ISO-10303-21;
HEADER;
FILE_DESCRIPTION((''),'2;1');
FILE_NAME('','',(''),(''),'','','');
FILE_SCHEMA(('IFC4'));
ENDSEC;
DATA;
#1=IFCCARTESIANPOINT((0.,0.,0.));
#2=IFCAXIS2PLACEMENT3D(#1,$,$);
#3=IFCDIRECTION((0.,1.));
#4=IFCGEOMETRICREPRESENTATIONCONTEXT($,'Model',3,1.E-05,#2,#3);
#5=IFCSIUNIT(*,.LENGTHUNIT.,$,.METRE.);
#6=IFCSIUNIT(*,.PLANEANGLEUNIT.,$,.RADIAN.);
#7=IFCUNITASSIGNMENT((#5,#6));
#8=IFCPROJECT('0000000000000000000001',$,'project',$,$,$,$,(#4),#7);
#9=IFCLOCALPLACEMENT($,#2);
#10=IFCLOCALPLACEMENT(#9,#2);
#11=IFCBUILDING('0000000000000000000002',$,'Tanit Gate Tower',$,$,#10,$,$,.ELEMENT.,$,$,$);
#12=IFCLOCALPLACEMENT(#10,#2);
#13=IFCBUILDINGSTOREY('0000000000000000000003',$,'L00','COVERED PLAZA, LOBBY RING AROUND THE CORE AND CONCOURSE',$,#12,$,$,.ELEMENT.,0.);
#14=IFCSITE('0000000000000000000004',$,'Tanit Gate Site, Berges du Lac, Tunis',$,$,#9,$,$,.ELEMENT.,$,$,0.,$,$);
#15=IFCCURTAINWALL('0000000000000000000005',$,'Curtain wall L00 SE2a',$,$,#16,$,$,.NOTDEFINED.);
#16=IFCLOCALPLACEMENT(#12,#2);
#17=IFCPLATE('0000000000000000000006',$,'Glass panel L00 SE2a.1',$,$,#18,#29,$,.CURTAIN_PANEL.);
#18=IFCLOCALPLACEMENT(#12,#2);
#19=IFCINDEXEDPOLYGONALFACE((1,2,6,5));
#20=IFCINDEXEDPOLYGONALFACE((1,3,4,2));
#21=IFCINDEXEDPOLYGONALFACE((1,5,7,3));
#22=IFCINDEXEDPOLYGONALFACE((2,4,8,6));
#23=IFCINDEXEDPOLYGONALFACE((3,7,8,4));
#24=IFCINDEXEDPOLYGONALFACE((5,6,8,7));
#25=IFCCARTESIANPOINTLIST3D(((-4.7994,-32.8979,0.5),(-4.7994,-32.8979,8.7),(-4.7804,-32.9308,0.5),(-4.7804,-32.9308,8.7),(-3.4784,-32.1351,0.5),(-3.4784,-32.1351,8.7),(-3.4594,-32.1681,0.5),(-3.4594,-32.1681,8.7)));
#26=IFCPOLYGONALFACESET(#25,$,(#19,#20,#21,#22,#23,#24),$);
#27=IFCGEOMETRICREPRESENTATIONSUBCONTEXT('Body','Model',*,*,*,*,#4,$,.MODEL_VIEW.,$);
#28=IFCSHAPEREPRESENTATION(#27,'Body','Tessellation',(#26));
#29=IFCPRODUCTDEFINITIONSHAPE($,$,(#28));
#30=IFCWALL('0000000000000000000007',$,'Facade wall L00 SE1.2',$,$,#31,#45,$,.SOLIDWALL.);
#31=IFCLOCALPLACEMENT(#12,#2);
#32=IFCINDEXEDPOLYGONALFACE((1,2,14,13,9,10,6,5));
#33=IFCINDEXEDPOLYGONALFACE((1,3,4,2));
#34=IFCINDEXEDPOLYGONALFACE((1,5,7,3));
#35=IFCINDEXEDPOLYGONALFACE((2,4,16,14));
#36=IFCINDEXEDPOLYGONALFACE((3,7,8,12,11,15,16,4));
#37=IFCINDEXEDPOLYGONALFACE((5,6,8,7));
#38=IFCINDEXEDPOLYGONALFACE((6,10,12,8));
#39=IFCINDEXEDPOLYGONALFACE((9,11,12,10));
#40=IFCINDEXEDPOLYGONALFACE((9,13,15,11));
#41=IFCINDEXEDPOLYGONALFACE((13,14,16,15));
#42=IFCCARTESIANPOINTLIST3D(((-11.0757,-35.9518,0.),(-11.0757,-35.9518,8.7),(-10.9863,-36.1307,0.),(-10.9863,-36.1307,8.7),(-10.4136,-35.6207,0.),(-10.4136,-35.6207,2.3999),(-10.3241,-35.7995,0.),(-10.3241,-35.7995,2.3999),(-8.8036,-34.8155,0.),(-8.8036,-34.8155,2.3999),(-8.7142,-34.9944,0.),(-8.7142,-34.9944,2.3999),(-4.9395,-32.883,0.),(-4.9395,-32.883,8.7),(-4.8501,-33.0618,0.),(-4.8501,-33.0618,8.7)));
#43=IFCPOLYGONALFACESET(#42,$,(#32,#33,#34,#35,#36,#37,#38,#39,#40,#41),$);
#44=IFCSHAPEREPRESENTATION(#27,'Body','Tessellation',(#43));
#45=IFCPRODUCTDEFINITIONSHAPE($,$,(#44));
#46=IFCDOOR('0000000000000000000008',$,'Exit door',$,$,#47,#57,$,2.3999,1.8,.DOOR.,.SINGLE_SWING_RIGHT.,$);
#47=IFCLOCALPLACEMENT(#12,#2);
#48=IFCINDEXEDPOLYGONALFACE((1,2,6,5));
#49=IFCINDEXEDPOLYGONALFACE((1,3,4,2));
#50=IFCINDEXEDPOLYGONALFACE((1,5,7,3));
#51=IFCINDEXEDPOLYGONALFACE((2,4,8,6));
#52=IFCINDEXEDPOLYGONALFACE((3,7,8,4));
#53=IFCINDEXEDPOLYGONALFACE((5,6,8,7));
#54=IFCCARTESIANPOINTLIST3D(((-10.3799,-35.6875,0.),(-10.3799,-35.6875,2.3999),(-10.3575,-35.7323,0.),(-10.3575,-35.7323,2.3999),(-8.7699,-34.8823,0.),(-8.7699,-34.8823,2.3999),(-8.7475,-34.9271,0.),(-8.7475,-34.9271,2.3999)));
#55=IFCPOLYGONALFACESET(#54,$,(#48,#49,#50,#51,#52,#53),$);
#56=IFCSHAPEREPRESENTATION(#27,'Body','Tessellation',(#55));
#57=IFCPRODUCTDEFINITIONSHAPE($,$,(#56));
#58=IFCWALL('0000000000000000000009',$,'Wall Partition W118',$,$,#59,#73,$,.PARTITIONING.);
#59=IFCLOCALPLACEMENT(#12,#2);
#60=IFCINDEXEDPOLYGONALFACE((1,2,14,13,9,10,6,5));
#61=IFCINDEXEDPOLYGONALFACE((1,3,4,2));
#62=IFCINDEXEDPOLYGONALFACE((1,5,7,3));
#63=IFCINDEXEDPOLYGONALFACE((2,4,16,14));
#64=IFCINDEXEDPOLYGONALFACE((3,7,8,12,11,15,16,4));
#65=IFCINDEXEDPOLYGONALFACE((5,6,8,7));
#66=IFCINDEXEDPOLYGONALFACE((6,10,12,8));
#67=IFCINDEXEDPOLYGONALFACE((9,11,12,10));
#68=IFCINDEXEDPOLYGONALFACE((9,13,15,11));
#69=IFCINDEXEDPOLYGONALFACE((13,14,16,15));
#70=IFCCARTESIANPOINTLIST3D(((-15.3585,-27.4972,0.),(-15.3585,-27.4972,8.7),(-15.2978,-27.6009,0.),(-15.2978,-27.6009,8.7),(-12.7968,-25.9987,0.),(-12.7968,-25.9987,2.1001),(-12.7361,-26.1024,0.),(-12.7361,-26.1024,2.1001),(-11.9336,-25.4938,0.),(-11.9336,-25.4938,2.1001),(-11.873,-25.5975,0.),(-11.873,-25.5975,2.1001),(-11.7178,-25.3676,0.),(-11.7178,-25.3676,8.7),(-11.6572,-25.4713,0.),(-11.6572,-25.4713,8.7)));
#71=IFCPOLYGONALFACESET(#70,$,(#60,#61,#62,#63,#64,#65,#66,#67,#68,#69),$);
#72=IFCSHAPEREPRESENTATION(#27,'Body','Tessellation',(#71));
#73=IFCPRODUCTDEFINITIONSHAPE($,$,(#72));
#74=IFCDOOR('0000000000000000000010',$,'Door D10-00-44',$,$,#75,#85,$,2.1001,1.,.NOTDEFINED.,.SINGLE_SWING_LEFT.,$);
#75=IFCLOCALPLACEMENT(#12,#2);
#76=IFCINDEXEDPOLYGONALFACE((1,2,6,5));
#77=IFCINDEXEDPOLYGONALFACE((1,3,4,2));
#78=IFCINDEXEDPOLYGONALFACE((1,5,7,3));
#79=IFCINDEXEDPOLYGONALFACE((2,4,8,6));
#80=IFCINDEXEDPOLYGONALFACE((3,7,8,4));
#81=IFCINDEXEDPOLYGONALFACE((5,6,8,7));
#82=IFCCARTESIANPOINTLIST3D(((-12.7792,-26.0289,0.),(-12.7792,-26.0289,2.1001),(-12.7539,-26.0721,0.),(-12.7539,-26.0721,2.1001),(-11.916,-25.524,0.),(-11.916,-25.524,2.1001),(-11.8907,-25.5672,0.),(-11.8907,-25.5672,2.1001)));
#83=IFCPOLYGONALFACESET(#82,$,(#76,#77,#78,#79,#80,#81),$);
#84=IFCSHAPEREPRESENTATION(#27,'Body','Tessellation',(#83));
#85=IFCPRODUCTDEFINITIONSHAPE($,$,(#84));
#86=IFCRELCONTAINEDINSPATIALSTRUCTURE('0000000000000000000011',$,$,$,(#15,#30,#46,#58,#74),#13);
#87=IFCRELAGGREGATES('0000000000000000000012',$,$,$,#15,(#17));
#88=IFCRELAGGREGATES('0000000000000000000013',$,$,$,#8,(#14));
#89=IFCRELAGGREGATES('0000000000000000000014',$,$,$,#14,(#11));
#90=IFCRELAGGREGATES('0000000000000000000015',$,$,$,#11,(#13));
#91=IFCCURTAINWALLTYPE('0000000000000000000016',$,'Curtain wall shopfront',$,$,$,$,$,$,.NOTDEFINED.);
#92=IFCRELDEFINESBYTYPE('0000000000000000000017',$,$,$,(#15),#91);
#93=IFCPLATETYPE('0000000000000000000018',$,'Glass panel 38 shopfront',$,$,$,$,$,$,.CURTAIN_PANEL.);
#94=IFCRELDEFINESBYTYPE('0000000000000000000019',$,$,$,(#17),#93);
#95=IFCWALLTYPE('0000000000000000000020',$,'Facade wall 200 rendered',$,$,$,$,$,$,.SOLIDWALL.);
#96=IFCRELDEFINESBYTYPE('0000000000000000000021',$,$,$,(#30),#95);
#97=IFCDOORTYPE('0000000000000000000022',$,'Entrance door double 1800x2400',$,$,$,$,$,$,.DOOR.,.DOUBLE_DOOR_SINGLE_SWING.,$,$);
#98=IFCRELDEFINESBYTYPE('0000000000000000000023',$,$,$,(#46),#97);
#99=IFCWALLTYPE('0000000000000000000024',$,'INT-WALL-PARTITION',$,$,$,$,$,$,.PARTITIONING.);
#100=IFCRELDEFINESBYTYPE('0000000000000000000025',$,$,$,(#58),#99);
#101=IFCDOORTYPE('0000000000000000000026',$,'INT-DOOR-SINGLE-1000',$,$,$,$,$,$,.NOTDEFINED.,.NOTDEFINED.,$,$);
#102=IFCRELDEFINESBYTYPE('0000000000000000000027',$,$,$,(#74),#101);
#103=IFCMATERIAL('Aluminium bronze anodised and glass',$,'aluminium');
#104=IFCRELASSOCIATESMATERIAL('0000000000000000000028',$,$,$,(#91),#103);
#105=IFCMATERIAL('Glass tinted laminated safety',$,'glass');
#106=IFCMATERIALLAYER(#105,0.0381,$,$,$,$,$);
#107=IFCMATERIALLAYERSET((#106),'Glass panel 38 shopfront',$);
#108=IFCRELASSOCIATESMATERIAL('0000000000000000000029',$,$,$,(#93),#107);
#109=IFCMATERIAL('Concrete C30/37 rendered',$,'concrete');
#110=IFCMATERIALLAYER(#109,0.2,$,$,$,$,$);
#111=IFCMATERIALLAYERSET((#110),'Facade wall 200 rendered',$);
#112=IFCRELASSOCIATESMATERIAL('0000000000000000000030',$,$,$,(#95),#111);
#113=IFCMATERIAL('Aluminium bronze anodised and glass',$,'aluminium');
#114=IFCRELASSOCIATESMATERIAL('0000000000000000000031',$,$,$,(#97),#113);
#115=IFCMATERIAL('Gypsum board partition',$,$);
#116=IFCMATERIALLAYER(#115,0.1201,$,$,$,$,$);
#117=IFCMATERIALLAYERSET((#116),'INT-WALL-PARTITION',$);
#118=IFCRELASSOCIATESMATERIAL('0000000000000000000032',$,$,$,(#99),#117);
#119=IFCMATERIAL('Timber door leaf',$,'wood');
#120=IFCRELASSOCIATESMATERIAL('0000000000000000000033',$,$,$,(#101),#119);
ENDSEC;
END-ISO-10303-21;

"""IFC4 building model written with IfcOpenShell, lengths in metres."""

from ifc_helpers import new_model, si_unit, direction, frame, frame_2d, origin, origin_2d, place, context, subcontext, project, spatial, rectangle, extrude, material, layer, layer_set, type_object, element, fill, aggregate, save


model = new_model("IFC4")

# Units and contexts
model_context = context("Model", 3, precision=1e-05, world=origin(), true_north=direction((0.0, 1.0)))
body_context = subcontext(model_context, "Body", "Model", "MODEL_VIEW")
ifc_project = project(units=[si_unit("LENGTHUNIT", "METRE"), si_unit("PLANEANGLEUNIT", "RADIAN")], contexts=[model_context])

# Site, building, storey
site_placement = place(None, origin())
site = spatial("IfcSite", under=ifc_project, at=site_placement, Name="Tanit Gate Site, Berges du Lac, Tunis", CompositionType="ELEMENT", RefElevation=0.0)
building_placement = place(site_placement, origin())
building = spatial("IfcBuilding", under=site, at=building_placement, Name="Tanit Gate Tower", CompositionType="ELEMENT")
storey_placement = place(building_placement, origin())
storey = spatial("IfcBuildingStorey", under=building, at=storey_placement, Name="L00", Description="COVERED PLAZA, LOBBY RING AROUND THE CORE AND CONCOURSE", CompositionType="ELEMENT", Elevation=0.0)

# Curtain wall
ifc_material_1 = material(Name="Aluminium bronze anodised and glass", Category="aluminium")
curtain_wall_type = type_object("IfcCurtainWallType", Name="Curtain wall shopfront", PredefinedType="NOTDEFINED", material=ifc_material_1)
curtain_wall_1_placement = place(storey_placement, origin())
curtain_wall_1 = element("IfcCurtainWall", 1, at=curtain_wall_1_placement, inside=storey, type_object=curtain_wall_type, Name="Curtain wall L00 SE2a", PredefinedType="NOTDEFINED")

# Plate
ifc_material_2 = material(Name="Glass tinted laminated safety", Category="glass")
ifc_layer_1 = layer(ifc_material_2, 0.0381)
ifc_layer_set_1 = layer_set([ifc_layer_1], Name="Glass panel 38 shopfront")
plate_type = type_object("IfcPlateType", Name="Glass panel 38 shopfront", PredefinedType="CURTAIN_PANEL", material=ifc_layer_set_1)
plate_1_placement = place(storey_placement, frame((-4.1294, -32.533, 0.5), z_axis=(0.0, 0.0, 1.0), x_axis=(0.865991, 0.50006, 0.0)))
plate_1 = element("IfcPlate", 2, at=plate_1_placement, type_object=plate_type, Name="Glass panel L00 SE2a.1", PredefinedType="CURTAIN_PANEL", context=body_context, shape_type="SweptSolid", body=[
    extrude(rectangle(XDim=1.5254, YDim=0.0381, at=origin_2d()), origin(), (0.0, 0.0, 1.0), 8.2),
])
aggregate(curtain_wall_1, [plate_1])

# Walls, openings, doors
ifc_material_3 = material(Name="Concrete C30/37 rendered", Category="concrete")
ifc_layer_2 = layer(ifc_material_3, 0.2)
ifc_layer_set_2 = layer_set([ifc_layer_2], Name="Facade wall 200 rendered")
wall_type_1 = type_object("IfcWallType", Name="Facade wall 200 rendered", PredefinedType="SOLIDWALL", material=ifc_layer_set_2)
wall_1_placement = place(storey_placement, frame((-11.031, -36.0413, 0.0), z_axis=(0.0, 0.0, 1.0), x_axis=(0.894384, 0.447299, 0.0)))
wall_1 = element("IfcWall", 3, at=wall_1_placement, inside=storey, type_object=wall_type_1, Name="Facade wall L00 SE1.2", PredefinedType="SOLIDWALL", context=body_context, shape_type="SweptSolid", body=[
    extrude(rectangle(XDim=6.8608, YDim=0.2, at=frame_2d((3.4304, 0.0))), origin(), (0.0, 0.0, 1.0), 8.7),
])
opening_1_placement = place(wall_1_placement, frame((0.7405, 0.0, 0.0)))
opening_1 = element("IfcOpeningElement", 4, at=opening_1_placement, cuts=wall_1, PredefinedType="OPENING", context=body_context, shape_type="SweptSolid", body=[
    extrude(rectangle(XDim=1.8, YDim=2.3999, at=frame_2d((0.8999, 1.2))), frame((0.0, 0.1099, 0.0), z_axis=(0.0, -1.0, 0.0), x_axis=(1.0, 0.0, 0.0)), (0.0, 0.0, 1.0), 0.22),
])
ifc_material_4 = material(Name="Aluminium bronze anodised and glass", Category="aluminium")
door_type_1 = type_object("IfcDoorType", Name="Entrance door double 1800x2400", OperationType="DOUBLE_DOOR_SINGLE_SWING", PredefinedType="DOOR", material=ifc_material_4)
door_1_placement = place(opening_1_placement, frame((1.8, 0.0, 0.0), z_axis=(0.0, 0.0, 1.0), x_axis=(-1.0, 0.0, 0.0)))
door_1 = element("IfcDoor", 5, at=door_1_placement, inside=storey, type_object=door_type_1, Name="Exit door", OperationType="SINGLE_SWING_RIGHT", OverallHeight=2.3999, OverallWidth=1.8, PredefinedType="DOOR", context=body_context, shape_type="SweptSolid", body=[
    extrude(rectangle(XDim=1.8, YDim=2.3999, at=frame_2d((0.8999, 1.2))), frame((0.0, 0.0249, 0.0), z_axis=(0.0, -1.0, 0.0), x_axis=(1.0, 0.0, 0.0)), (0.0, 0.0, 1.0), 0.05),
])
fill(opening_1, door_1)
ifc_material_5 = material(Name="Gypsum board partition")
ifc_layer_3 = layer(ifc_material_5, 0.1201)
ifc_layer_set_3 = layer_set([ifc_layer_3], Name="INT-WALL-PARTITION")
wall_type_2 = type_object("IfcWallType", Name="INT-WALL-PARTITION", PredefinedType="PARTITIONING", material=ifc_layer_set_3)
wall_2_placement = place(storey_placement, frame((-11.6875, -25.4194, 0.0), z_axis=(0.0, 0.0, 1.0), x_axis=(-0.863165, -0.504922, 0.0)))
wall_2 = element("IfcWall", 6, at=wall_2_placement, inside=storey, type_object=wall_type_2, Name="Wall Partition W118", PredefinedType="PARTITIONING", context=body_context, shape_type="SweptSolid", body=[
    extrude(rectangle(XDim=4.2178, YDim=0.1201, at=frame_2d((2.1089, 0.0))), origin(), (0.0, 0.0, 1.0), 8.7),
])
opening_2_placement = place(wall_2_placement, frame((0.25, 0.0, 0.0)))
opening_2 = element("IfcOpeningElement", 7, at=opening_2_placement, cuts=wall_2, PredefinedType="OPENING", context=body_context, shape_type="SweptSolid", body=[
    extrude(rectangle(XDim=1.0, YDim=2.1001, at=frame_2d((0.5, 1.05))), frame((0.0, 0.0701, 0.0), z_axis=(0.0, -1.0, 0.0), x_axis=(1.0, 0.0, 0.0)), (0.0, 0.0, 1.0), 0.1401),
])
ifc_material_6 = material(Name="Timber door leaf", Category="wood")
door_type_2 = type_object("IfcDoorType", Name="INT-DOOR-SINGLE-1000", OperationType="NOTDEFINED", PredefinedType="NOTDEFINED", material=ifc_material_6)
door_2_placement = place(opening_2_placement, origin())
door_2 = element("IfcDoor", 8, at=door_2_placement, inside=storey, type_object=door_type_2, Name="Door D10-00-44", OperationType="SINGLE_SWING_LEFT", OverallHeight=2.1001, OverallWidth=1.0, PredefinedType="NOTDEFINED", context=body_context, shape_type="SweptSolid", body=[
    extrude(rectangle(XDim=1.0, YDim=2.1001, at=frame_2d((0.5, 1.05))), frame((0.0, 0.0249, 0.0), z_axis=(0.0, -1.0, 0.0), x_axis=(1.0, 0.0, 0.0)), (0.0, 0.0, 1.0), 0.05),
])
fill(opening_2, door_2)

save(model, "model.ifc")
